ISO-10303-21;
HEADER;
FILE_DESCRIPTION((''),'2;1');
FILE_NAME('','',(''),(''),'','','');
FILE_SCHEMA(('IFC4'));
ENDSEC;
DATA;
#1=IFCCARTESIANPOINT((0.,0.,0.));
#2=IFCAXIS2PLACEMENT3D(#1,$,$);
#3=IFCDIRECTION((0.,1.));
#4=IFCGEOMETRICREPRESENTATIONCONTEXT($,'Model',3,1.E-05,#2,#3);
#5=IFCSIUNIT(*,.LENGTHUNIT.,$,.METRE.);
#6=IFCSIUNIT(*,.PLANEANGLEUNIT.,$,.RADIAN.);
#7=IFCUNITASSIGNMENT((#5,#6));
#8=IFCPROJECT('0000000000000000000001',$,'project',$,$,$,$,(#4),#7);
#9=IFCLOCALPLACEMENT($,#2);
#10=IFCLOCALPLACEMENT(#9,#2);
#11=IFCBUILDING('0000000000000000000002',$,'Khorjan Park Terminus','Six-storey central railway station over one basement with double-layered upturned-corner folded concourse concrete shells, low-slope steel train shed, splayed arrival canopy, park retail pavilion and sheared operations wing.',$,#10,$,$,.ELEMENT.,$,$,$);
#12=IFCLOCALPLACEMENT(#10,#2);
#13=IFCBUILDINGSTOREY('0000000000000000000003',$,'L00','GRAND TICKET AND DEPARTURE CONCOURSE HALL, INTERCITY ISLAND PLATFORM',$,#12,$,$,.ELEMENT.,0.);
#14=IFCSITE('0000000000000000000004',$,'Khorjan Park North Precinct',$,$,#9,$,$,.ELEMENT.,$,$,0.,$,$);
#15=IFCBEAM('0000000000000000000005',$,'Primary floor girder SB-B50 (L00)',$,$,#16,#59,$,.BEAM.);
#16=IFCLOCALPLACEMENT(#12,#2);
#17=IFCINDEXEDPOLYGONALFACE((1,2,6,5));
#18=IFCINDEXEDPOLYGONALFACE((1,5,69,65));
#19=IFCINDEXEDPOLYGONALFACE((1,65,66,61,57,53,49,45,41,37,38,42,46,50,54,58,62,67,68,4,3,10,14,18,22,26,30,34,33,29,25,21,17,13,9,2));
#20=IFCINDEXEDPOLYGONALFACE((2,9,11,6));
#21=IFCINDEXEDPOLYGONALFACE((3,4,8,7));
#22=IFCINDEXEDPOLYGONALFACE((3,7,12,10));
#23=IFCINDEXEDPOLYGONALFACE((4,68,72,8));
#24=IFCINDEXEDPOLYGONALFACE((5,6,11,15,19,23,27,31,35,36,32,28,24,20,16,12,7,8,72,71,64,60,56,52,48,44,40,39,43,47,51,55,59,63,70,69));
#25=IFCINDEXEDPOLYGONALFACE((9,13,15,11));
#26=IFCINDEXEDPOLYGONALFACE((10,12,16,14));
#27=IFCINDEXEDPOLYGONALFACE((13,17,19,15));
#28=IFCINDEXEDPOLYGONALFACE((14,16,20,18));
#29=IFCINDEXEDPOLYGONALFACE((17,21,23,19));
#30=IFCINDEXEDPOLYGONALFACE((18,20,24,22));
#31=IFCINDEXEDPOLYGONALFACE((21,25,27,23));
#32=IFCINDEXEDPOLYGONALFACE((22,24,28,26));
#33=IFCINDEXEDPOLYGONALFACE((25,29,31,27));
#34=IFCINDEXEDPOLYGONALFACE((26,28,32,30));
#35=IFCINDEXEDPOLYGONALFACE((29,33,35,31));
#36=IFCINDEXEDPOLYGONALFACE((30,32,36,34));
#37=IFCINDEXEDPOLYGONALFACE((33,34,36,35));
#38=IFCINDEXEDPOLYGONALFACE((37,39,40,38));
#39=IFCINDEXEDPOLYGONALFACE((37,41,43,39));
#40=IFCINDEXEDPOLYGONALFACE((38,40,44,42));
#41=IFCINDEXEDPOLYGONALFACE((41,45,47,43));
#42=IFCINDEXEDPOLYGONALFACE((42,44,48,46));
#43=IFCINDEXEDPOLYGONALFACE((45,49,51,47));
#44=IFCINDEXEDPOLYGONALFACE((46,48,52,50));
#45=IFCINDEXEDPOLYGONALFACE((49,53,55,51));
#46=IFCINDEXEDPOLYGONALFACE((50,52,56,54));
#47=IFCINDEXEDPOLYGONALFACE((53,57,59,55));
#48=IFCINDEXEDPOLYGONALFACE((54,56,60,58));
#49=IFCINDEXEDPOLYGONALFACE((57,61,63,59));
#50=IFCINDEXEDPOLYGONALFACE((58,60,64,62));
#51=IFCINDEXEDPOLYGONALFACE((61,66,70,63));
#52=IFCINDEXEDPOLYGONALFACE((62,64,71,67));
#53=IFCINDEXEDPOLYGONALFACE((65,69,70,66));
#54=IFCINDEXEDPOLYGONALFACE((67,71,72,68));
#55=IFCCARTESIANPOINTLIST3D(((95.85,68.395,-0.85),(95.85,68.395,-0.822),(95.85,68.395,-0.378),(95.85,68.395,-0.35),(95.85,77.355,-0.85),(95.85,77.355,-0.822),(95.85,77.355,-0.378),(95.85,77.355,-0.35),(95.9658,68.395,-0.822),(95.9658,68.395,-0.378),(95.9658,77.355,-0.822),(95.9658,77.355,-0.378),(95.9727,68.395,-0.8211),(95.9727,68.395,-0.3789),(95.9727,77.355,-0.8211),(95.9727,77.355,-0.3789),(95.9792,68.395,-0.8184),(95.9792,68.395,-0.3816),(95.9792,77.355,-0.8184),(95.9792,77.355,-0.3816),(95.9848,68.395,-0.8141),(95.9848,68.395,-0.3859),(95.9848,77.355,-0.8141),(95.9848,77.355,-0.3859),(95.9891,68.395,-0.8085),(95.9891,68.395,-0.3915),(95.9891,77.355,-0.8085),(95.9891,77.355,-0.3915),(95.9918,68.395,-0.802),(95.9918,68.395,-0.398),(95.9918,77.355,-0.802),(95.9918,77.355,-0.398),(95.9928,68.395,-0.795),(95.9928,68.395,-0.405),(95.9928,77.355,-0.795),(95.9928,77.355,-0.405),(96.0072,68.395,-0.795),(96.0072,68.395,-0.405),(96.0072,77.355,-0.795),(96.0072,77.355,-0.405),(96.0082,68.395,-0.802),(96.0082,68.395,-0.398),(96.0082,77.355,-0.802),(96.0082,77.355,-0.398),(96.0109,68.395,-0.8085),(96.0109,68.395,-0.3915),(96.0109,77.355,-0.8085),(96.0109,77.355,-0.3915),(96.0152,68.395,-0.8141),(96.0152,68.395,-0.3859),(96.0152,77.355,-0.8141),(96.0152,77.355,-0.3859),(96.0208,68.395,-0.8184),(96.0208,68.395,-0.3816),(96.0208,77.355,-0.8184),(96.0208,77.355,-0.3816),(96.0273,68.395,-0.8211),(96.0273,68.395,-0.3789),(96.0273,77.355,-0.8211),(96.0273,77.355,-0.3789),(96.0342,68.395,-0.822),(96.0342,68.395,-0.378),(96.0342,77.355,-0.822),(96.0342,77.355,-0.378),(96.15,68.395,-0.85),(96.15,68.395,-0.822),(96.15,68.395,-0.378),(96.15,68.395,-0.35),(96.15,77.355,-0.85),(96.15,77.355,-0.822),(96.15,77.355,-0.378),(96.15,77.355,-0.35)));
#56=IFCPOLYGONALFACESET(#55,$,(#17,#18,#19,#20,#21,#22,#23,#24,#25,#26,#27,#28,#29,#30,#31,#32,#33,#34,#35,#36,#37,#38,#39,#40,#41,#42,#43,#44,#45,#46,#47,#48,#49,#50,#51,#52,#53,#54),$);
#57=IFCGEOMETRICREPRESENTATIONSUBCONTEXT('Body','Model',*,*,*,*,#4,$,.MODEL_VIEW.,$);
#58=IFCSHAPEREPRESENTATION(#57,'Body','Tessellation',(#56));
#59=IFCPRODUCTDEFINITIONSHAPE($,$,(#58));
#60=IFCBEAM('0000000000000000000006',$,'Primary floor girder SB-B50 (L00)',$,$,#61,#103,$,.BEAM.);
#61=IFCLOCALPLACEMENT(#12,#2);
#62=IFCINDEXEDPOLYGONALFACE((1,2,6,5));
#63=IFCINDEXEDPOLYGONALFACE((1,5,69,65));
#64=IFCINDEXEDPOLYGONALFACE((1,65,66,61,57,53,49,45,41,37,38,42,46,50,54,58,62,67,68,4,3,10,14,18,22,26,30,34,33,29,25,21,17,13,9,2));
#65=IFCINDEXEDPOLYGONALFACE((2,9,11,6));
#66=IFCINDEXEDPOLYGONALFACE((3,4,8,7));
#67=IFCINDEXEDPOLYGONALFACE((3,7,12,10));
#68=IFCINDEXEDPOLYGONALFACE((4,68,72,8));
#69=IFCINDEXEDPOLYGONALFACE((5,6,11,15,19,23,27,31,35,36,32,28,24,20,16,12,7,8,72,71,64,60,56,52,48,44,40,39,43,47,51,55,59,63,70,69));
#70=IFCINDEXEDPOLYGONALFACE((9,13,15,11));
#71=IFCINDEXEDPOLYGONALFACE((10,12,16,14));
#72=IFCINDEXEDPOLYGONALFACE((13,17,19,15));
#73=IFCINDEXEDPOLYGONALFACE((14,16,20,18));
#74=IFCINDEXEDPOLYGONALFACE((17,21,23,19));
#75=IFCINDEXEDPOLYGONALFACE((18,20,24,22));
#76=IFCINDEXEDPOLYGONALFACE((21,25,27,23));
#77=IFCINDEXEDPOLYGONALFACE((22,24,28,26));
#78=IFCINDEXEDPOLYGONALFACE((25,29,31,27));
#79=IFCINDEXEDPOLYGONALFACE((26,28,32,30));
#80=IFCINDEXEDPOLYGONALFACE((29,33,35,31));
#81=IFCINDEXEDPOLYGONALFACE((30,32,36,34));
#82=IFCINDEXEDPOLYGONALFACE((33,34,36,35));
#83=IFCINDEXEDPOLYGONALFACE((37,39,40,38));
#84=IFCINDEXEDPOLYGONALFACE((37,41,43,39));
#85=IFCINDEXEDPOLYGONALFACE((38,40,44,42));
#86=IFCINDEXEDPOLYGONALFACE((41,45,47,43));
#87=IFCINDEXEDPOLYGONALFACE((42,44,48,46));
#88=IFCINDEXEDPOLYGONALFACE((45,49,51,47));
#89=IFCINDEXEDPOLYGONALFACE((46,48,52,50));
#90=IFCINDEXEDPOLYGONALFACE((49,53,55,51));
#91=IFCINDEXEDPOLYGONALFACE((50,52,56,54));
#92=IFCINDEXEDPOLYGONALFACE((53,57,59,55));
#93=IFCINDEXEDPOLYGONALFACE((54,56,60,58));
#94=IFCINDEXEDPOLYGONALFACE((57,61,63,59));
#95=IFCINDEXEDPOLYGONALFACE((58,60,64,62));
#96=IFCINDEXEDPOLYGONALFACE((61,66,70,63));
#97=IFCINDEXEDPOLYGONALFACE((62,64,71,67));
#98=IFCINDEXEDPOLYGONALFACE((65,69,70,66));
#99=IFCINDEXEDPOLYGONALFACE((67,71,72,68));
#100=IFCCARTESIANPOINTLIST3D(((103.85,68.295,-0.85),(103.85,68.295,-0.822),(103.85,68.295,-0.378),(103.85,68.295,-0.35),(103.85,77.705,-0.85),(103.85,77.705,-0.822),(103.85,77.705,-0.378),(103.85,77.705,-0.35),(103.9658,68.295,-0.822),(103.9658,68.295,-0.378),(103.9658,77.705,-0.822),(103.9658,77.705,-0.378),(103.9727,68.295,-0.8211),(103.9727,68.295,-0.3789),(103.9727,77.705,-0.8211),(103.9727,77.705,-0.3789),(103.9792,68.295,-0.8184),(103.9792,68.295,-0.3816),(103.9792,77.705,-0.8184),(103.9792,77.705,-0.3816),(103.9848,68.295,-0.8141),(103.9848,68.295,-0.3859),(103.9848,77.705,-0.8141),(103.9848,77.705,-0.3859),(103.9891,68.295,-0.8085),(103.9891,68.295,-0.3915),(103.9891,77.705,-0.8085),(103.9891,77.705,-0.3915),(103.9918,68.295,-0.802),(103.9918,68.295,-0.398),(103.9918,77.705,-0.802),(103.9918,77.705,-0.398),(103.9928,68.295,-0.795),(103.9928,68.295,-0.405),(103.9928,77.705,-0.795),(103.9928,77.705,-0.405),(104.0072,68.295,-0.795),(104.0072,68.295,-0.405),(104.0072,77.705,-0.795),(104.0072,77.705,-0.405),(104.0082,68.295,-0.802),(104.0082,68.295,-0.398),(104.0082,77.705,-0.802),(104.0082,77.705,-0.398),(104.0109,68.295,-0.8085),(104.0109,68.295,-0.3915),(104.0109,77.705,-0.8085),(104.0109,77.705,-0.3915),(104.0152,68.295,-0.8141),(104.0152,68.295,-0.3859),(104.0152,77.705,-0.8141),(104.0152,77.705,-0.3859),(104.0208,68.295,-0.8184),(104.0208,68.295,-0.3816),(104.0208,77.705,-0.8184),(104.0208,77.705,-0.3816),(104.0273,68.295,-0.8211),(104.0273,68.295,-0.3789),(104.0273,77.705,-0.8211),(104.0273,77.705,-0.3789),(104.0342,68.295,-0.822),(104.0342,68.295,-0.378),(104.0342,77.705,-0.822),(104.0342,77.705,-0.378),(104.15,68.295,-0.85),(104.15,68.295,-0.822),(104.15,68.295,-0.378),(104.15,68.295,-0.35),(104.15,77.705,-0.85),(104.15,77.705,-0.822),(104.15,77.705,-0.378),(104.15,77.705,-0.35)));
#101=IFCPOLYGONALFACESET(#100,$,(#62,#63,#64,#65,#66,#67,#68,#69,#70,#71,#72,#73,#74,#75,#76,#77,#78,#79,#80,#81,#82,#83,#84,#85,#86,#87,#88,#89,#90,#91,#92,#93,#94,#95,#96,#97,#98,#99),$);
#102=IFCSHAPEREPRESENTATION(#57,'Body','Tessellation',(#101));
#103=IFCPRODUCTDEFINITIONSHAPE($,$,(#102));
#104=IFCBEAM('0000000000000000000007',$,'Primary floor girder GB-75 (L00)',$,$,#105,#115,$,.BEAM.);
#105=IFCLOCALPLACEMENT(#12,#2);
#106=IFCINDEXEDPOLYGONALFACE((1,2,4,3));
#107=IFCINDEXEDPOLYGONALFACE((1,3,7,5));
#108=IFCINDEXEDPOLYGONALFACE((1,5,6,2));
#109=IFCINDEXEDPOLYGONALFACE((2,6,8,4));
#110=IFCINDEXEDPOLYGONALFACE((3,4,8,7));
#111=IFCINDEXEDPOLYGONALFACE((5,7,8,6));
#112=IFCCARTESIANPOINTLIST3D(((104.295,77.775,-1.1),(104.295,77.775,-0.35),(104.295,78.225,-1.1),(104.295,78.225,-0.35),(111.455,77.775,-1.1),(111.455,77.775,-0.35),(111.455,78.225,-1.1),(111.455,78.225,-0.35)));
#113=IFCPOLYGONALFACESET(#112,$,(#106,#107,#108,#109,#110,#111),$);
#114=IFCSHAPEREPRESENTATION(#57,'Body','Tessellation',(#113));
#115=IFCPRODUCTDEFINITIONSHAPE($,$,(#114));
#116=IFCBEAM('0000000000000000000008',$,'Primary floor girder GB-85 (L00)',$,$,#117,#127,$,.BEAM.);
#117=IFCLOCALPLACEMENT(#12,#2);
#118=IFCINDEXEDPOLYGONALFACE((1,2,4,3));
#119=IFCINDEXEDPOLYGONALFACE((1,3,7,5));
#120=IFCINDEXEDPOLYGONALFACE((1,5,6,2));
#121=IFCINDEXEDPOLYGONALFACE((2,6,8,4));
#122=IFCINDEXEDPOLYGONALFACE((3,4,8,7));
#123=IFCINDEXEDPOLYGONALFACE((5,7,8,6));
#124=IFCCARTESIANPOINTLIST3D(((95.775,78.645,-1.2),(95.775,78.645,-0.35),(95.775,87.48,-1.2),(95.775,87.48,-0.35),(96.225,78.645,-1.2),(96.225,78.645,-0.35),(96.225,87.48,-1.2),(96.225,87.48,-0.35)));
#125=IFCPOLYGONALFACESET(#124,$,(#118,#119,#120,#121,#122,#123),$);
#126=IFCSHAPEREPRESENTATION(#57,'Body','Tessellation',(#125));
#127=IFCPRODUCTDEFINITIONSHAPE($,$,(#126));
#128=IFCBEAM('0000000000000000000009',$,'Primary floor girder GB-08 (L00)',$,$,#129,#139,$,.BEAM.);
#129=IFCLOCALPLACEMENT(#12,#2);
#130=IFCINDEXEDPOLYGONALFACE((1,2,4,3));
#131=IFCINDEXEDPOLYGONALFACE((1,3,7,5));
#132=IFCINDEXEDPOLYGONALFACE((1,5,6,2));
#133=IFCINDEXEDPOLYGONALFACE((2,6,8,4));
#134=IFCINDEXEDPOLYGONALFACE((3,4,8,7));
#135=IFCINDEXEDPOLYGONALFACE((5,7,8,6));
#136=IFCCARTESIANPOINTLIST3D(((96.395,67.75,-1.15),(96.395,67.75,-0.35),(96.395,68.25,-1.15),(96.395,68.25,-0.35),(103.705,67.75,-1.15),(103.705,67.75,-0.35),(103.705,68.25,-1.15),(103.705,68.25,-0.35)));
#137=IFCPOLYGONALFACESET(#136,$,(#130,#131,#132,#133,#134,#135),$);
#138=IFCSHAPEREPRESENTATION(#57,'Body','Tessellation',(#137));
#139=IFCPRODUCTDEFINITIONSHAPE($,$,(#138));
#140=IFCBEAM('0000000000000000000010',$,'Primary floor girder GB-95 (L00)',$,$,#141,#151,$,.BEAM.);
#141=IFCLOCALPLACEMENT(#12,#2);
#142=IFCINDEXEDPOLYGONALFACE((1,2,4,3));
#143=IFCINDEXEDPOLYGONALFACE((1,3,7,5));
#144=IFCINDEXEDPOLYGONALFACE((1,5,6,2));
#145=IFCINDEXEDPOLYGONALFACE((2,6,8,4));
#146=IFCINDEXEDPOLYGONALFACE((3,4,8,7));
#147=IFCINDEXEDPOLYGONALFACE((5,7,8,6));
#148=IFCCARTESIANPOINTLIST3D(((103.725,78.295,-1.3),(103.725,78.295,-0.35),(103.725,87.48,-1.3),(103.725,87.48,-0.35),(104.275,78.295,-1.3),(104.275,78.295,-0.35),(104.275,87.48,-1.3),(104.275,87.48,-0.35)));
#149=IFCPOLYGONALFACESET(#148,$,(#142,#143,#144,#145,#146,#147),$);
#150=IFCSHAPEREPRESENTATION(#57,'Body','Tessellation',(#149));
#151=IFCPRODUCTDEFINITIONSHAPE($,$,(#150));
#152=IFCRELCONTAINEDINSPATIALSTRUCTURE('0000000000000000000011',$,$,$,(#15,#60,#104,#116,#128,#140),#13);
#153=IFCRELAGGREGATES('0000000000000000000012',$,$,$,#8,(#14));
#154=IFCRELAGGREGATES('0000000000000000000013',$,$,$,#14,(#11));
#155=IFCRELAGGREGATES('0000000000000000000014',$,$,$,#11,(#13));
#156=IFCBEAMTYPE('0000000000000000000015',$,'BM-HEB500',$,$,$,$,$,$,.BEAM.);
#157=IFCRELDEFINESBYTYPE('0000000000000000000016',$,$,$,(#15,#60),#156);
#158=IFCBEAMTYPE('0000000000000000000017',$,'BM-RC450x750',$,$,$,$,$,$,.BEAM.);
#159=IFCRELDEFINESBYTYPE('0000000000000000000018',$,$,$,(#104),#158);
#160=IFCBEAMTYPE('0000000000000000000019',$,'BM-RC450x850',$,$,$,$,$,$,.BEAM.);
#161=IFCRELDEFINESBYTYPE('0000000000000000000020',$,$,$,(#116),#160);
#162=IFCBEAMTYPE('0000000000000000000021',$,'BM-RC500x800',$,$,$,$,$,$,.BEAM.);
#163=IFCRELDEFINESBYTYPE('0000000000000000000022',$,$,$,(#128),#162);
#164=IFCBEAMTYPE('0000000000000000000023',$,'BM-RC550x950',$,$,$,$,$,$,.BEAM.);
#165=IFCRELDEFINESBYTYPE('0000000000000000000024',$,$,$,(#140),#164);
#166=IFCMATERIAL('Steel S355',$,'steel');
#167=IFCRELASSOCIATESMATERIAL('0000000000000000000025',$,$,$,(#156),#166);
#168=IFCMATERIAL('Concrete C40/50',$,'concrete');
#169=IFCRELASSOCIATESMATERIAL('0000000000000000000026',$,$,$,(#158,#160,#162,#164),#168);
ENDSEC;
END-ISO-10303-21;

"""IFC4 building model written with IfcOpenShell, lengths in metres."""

from ifc_helpers import new_model, si_unit, direction, frame, origin, origin_2d, place, context, subcontext, project, spatial, rectangle, i_section, extrude, material, material_profile, profile_set, type_object, element, save


model = new_model("IFC4")

# Units and contexts
model_context = context("Model", 3, precision=1e-05, world=origin(), true_north=direction((0.0, 1.0)))
body_context = subcontext(model_context, "Body", "Model", "MODEL_VIEW")
ifc_project = project(units=[si_unit("LENGTHUNIT", "METRE"), si_unit("PLANEANGLEUNIT", "RADIAN")], contexts=[model_context])

# Site, building, storey
site_placement = place(None, origin())
site = spatial("IfcSite", under=ifc_project, at=site_placement, Name="Khorjan Park North Precinct", CompositionType="ELEMENT", RefElevation=0.0)
building_placement = place(site_placement, origin())
building = spatial("IfcBuilding", under=site, at=building_placement, Name="Khorjan Park Terminus", Description="Six-storey central railway station over one basement with double-layered upturned-corner folded concourse concrete shells, low-slope steel train shed, splayed arrival canopy, park retail pavilion and sheared operations wing.", CompositionType="ELEMENT")
storey_placement = place(building_placement, origin())
storey = spatial("IfcBuildingStorey", under=building, at=storey_placement, Name="L00", Description="GRAND TICKET AND DEPARTURE CONCOURSE HALL, INTERCITY ISLAND PLATFORM", CompositionType="ELEMENT", Elevation=0.0)

# Shared definitions
ifc_material_1 = material(Name="Concrete C40/50", Category="concrete")

# Beams
ifc_material_2 = material(Name="Steel S355", Category="steel")
ifc_material_profile_1 = material_profile(ifc_material_2, i_section(OverallWidth=0.3, OverallDepth=0.5, WebThickness=0.0145, FlangeThickness=0.028, FilletRadius=0.027, at=origin_2d()), Name="HEB 500")
ifc_profile_set_1 = profile_set([ifc_material_profile_1], Name="Steel S355")
beam_type_1 = type_object("IfcBeamType", Name="BM-HEB500", PredefinedType="BEAM", material=ifc_profile_set_1)
beam_1_placement = place(storey_placement, frame((96.0, 68.395, -0.6), z_axis=(0.0, 1.0, 0.0), x_axis=(-1.0, 0.0, 0.0)))
element("IfcBeam", 1, at=beam_1_placement, inside=storey, type_object=beam_type_1, Name="Primary floor girder SB-B50 (L00)", PredefinedType="BEAM", context=body_context, shape_type="SweptSolid", body=[
    extrude(i_section(OverallWidth=0.3, OverallDepth=0.5, WebThickness=0.0145, FlangeThickness=0.028, FilletRadius=0.027, at=origin_2d()), origin(), (0.0, 0.0, 1.0), 8.96),
])
beam_2_placement = place(storey_placement, frame((104.0, 68.295, -0.6), z_axis=(0.0, 1.0, 0.0), x_axis=(-1.0, 0.0, 0.0)))
element("IfcBeam", 2, at=beam_2_placement, inside=storey, type_object=beam_type_1, Name="Primary floor girder SB-B50 (L00)", PredefinedType="BEAM", context=body_context, shape_type="SweptSolid", body=[
    extrude(i_section(OverallWidth=0.3, OverallDepth=0.5, WebThickness=0.0145, FlangeThickness=0.028, FilletRadius=0.027, at=origin_2d()), origin(), (0.0, 0.0, 1.0), 9.41),
])
ifc_material_profile_2 = material_profile(ifc_material_1, rectangle(XDim=0.45, YDim=0.75, at=origin_2d()), Name="RC 450x750")
ifc_profile_set_2 = profile_set([ifc_material_profile_2], Name="Concrete C40/50")
beam_type_2 = type_object("IfcBeamType", Name="BM-RC450x750", PredefinedType="BEAM", material=ifc_profile_set_2)
beam_3_placement = place(storey_placement, frame((104.295, 78.0, -0.725), z_axis=(1.0, 0.0, 0.0), x_axis=(0.0, 1.0, 0.0)))
element("IfcBeam", 3, at=beam_3_placement, inside=storey, type_object=beam_type_2, Name="Primary floor girder GB-75 (L00)", PredefinedType="BEAM", context=body_context, shape_type="SweptSolid", body=[
    extrude(rectangle(XDim=0.45, YDim=0.75, at=origin_2d()), origin(), (0.0, 0.0, 1.0), 7.16),
])
ifc_material_profile_3 = material_profile(ifc_material_1, rectangle(XDim=0.45, YDim=0.85, at=origin_2d()), Name="RC 450x850")
ifc_profile_set_3 = profile_set([ifc_material_profile_3], Name="Concrete C40/50")
beam_type_3 = type_object("IfcBeamType", Name="BM-RC450x850", PredefinedType="BEAM", material=ifc_profile_set_3)
beam_4_placement = place(storey_placement, frame((96.0, 78.645, -0.775), z_axis=(0.0, 1.0, 0.0), x_axis=(-1.0, 0.0, 0.0)))
element("IfcBeam", 4, at=beam_4_placement, inside=storey, type_object=beam_type_3, Name="Primary floor girder GB-85 (L00)", PredefinedType="BEAM", context=body_context, shape_type="SweptSolid", body=[
    extrude(rectangle(XDim=0.45, YDim=0.85, at=origin_2d()), origin(), (0.0, 0.0, 1.0), 8.835),
])
ifc_material_profile_4 = material_profile(ifc_material_1, rectangle(XDim=0.5, YDim=0.8, at=origin_2d()), Name="RC 500x800")
ifc_profile_set_4 = profile_set([ifc_material_profile_4], Name="Concrete C40/50")
beam_type_4 = type_object("IfcBeamType", Name="BM-RC500x800", PredefinedType="BEAM", material=ifc_profile_set_4)
beam_5_placement = place(storey_placement, frame((96.395, 68.0, -0.75), z_axis=(1.0, 0.0, 0.0), x_axis=(0.0, 1.0, 0.0)))
element("IfcBeam", 5, at=beam_5_placement, inside=storey, type_object=beam_type_4, Name="Primary floor girder GB-08 (L00)", PredefinedType="BEAM", context=body_context, shape_type="SweptSolid", body=[
    extrude(rectangle(XDim=0.5, YDim=0.8, at=origin_2d()), origin(), (0.0, 0.0, 1.0), 7.31),
])
ifc_material_profile_5 = material_profile(ifc_material_1, rectangle(XDim=0.55, YDim=0.95, at=origin_2d()), Name="RC 550x950")
ifc_profile_set_5 = profile_set([ifc_material_profile_5], Name="Concrete C40/50")
beam_type_5 = type_object("IfcBeamType", Name="BM-RC550x950", PredefinedType="BEAM", material=ifc_profile_set_5)
beam_6_placement = place(storey_placement, frame((104.0, 78.295, -0.825), z_axis=(0.0, 1.0, 0.0), x_axis=(-1.0, 0.0, 0.0)))
element("IfcBeam", 6, at=beam_6_placement, inside=storey, type_object=beam_type_5, Name="Primary floor girder GB-95 (L00)", PredefinedType="BEAM", context=body_context, shape_type="SweptSolid", body=[
    extrude(rectangle(XDim=0.55, YDim=0.95, at=origin_2d()), origin(), (0.0, 0.0, 1.0), 9.185),
])

save(model, "model.ifc")
